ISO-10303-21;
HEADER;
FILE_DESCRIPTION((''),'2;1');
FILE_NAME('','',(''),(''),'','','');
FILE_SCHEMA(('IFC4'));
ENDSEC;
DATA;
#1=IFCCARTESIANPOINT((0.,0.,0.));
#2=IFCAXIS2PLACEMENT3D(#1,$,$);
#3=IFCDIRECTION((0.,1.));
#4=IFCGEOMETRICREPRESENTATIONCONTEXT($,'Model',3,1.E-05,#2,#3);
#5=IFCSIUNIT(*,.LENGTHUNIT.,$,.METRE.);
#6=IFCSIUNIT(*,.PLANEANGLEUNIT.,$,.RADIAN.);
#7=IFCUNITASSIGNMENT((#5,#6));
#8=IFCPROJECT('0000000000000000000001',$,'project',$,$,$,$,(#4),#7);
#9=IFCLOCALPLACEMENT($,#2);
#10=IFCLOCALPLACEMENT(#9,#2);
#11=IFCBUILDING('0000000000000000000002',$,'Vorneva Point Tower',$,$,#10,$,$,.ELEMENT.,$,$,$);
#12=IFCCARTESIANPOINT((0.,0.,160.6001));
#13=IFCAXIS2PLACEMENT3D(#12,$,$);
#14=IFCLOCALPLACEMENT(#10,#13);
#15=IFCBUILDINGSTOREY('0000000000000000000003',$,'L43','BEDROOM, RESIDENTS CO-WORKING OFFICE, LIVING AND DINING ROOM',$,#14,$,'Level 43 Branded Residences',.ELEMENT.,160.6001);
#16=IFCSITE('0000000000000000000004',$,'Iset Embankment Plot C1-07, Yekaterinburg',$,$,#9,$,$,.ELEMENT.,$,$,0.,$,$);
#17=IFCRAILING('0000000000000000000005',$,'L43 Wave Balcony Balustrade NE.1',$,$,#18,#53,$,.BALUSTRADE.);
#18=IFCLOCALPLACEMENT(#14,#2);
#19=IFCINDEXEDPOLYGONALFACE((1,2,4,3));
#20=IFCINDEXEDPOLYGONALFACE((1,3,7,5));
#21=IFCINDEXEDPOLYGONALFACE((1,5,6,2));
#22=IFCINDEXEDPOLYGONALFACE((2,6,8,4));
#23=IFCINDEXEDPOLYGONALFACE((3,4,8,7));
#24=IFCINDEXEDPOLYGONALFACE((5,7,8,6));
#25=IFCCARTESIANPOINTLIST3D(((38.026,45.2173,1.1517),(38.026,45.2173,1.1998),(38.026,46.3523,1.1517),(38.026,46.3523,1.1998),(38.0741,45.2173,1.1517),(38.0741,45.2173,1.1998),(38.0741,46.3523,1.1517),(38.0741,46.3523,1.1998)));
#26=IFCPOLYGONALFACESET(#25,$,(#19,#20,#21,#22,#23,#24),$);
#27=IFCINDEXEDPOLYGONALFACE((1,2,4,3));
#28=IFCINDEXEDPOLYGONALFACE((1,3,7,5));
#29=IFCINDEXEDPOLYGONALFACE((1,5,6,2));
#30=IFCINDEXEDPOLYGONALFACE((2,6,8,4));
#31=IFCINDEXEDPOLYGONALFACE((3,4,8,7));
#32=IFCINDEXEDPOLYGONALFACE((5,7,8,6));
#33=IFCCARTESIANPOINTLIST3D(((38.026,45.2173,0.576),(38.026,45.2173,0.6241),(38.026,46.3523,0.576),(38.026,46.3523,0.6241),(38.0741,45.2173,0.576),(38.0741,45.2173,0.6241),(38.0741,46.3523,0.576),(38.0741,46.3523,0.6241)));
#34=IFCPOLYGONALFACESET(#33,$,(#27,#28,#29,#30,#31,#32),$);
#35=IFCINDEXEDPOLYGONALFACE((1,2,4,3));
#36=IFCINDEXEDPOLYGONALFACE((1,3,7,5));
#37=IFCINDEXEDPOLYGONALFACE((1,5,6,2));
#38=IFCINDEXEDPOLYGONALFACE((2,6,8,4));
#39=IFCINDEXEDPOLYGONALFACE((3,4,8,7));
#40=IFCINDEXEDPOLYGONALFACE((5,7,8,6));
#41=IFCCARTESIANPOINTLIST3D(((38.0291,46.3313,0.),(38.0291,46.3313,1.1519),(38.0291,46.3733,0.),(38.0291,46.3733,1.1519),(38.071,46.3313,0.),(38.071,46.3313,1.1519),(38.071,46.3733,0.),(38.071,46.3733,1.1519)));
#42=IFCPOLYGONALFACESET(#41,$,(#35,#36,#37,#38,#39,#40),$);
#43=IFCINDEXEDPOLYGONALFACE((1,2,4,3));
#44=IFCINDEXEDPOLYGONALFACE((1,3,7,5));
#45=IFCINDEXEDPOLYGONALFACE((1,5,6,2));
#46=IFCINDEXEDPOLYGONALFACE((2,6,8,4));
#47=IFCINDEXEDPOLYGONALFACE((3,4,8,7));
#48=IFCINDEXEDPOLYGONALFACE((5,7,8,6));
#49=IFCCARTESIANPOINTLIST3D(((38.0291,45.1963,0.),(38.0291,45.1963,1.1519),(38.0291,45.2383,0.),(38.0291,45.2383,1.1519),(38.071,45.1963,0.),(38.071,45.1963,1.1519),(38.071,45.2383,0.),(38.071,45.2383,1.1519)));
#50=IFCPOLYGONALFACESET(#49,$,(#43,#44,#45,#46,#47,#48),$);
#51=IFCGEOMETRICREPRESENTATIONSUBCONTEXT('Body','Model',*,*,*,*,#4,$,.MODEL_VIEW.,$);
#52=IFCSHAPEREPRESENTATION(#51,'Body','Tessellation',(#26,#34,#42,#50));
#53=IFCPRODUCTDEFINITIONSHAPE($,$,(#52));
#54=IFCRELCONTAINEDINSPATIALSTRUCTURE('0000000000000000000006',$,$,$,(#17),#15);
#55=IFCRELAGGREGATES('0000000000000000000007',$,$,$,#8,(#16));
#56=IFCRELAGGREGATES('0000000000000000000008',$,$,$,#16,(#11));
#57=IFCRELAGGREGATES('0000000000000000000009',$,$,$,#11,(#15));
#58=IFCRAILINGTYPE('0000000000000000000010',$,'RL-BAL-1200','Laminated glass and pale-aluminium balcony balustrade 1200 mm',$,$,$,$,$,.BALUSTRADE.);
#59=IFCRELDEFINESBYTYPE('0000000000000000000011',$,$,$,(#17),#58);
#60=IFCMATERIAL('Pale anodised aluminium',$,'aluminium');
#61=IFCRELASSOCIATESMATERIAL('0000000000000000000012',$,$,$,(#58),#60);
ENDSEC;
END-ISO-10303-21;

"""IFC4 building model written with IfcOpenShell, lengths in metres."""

from ifc_helpers import new_model, si_unit, direction, frame, origin, origin_2d, place, context, subcontext, project, spatial, rectangle, extrude, material, type_object, element, save


model = new_model("IFC4")

# Units and contexts
model_context = context("Model", 3, precision=1e-05, world=origin(), true_north=direction((0.0, 1.0)))
body_context = subcontext(model_context, "Body", "Model", "MODEL_VIEW")
ifc_project = project(units=[si_unit("LENGTHUNIT", "METRE"), si_unit("PLANEANGLEUNIT", "RADIAN")], contexts=[model_context])

# Site, building, storey
site_placement = place(None, origin())
site = spatial("IfcSite", under=ifc_project, at=site_placement, Name="Iset Embankment Plot C1-07, Yekaterinburg", CompositionType="ELEMENT", RefElevation=0.0)
building_placement = place(site_placement, origin())
building = spatial("IfcBuilding", under=site, at=building_placement, Name="Vorneva Point Tower", CompositionType="ELEMENT")
storey_placement = place(building_placement, frame((0.0, 0.0, 160.6001)))
storey = spatial("IfcBuildingStorey", under=building, at=storey_placement, Name="L43", Description="BEDROOM, RESIDENTS CO-WORKING OFFICE, LIVING AND DINING ROOM", LongName="Level 43 Branded Residences", CompositionType="ELEMENT", Elevation=160.6001)

# Shared definitions
ifc_material_1 = material(Name="Pale anodised aluminium", Category="aluminium")

# Railing
railing_type = type_object("IfcRailingType", Name="RL-BAL-1200", Description="Laminated glass and pale-aluminium balcony balustrade 1200 mm", PredefinedType="BALUSTRADE", material=ifc_material_1)
railing_placement = place(storey_placement, frame((38.05, 46.3523, 0.0)))
element("IfcRailing", 1, at=railing_placement, inside=storey, type_object=railing_type, Name="L43 Wave Balcony Balustrade NE.1", PredefinedType="BALUSTRADE", context=body_context, shape_type="SweptSolid", body=[
    extrude(rectangle(XDim=0.0481, YDim=0.0481, at=origin_2d()), frame((0.0, 0.0, 1.1758), z_axis=(0.0, -1.0, 0.0), x_axis=(1.0, 0.0, 0.0)), (0.0, 0.0, 1.0), 1.135),
    extrude(rectangle(XDim=0.0481, YDim=0.0481, at=origin_2d()), frame((0.0, 0.0, 0.6001), z_axis=(0.0, -1.0, 0.0), x_axis=(1.0, 0.0, 0.0)), (0.0, 0.0, 1.0), 1.135),
    extrude(rectangle(XDim=0.042, YDim=0.042, at=origin_2d()), origin(), (0.0, 0.0, 1.0), 1.1519),
    extrude(rectangle(XDim=0.042, YDim=0.042, at=origin_2d()), frame((0.0, -1.135, 0.0)), (0.0, 0.0, 1.0), 1.1519),
])

save(model, "model.ifc")
